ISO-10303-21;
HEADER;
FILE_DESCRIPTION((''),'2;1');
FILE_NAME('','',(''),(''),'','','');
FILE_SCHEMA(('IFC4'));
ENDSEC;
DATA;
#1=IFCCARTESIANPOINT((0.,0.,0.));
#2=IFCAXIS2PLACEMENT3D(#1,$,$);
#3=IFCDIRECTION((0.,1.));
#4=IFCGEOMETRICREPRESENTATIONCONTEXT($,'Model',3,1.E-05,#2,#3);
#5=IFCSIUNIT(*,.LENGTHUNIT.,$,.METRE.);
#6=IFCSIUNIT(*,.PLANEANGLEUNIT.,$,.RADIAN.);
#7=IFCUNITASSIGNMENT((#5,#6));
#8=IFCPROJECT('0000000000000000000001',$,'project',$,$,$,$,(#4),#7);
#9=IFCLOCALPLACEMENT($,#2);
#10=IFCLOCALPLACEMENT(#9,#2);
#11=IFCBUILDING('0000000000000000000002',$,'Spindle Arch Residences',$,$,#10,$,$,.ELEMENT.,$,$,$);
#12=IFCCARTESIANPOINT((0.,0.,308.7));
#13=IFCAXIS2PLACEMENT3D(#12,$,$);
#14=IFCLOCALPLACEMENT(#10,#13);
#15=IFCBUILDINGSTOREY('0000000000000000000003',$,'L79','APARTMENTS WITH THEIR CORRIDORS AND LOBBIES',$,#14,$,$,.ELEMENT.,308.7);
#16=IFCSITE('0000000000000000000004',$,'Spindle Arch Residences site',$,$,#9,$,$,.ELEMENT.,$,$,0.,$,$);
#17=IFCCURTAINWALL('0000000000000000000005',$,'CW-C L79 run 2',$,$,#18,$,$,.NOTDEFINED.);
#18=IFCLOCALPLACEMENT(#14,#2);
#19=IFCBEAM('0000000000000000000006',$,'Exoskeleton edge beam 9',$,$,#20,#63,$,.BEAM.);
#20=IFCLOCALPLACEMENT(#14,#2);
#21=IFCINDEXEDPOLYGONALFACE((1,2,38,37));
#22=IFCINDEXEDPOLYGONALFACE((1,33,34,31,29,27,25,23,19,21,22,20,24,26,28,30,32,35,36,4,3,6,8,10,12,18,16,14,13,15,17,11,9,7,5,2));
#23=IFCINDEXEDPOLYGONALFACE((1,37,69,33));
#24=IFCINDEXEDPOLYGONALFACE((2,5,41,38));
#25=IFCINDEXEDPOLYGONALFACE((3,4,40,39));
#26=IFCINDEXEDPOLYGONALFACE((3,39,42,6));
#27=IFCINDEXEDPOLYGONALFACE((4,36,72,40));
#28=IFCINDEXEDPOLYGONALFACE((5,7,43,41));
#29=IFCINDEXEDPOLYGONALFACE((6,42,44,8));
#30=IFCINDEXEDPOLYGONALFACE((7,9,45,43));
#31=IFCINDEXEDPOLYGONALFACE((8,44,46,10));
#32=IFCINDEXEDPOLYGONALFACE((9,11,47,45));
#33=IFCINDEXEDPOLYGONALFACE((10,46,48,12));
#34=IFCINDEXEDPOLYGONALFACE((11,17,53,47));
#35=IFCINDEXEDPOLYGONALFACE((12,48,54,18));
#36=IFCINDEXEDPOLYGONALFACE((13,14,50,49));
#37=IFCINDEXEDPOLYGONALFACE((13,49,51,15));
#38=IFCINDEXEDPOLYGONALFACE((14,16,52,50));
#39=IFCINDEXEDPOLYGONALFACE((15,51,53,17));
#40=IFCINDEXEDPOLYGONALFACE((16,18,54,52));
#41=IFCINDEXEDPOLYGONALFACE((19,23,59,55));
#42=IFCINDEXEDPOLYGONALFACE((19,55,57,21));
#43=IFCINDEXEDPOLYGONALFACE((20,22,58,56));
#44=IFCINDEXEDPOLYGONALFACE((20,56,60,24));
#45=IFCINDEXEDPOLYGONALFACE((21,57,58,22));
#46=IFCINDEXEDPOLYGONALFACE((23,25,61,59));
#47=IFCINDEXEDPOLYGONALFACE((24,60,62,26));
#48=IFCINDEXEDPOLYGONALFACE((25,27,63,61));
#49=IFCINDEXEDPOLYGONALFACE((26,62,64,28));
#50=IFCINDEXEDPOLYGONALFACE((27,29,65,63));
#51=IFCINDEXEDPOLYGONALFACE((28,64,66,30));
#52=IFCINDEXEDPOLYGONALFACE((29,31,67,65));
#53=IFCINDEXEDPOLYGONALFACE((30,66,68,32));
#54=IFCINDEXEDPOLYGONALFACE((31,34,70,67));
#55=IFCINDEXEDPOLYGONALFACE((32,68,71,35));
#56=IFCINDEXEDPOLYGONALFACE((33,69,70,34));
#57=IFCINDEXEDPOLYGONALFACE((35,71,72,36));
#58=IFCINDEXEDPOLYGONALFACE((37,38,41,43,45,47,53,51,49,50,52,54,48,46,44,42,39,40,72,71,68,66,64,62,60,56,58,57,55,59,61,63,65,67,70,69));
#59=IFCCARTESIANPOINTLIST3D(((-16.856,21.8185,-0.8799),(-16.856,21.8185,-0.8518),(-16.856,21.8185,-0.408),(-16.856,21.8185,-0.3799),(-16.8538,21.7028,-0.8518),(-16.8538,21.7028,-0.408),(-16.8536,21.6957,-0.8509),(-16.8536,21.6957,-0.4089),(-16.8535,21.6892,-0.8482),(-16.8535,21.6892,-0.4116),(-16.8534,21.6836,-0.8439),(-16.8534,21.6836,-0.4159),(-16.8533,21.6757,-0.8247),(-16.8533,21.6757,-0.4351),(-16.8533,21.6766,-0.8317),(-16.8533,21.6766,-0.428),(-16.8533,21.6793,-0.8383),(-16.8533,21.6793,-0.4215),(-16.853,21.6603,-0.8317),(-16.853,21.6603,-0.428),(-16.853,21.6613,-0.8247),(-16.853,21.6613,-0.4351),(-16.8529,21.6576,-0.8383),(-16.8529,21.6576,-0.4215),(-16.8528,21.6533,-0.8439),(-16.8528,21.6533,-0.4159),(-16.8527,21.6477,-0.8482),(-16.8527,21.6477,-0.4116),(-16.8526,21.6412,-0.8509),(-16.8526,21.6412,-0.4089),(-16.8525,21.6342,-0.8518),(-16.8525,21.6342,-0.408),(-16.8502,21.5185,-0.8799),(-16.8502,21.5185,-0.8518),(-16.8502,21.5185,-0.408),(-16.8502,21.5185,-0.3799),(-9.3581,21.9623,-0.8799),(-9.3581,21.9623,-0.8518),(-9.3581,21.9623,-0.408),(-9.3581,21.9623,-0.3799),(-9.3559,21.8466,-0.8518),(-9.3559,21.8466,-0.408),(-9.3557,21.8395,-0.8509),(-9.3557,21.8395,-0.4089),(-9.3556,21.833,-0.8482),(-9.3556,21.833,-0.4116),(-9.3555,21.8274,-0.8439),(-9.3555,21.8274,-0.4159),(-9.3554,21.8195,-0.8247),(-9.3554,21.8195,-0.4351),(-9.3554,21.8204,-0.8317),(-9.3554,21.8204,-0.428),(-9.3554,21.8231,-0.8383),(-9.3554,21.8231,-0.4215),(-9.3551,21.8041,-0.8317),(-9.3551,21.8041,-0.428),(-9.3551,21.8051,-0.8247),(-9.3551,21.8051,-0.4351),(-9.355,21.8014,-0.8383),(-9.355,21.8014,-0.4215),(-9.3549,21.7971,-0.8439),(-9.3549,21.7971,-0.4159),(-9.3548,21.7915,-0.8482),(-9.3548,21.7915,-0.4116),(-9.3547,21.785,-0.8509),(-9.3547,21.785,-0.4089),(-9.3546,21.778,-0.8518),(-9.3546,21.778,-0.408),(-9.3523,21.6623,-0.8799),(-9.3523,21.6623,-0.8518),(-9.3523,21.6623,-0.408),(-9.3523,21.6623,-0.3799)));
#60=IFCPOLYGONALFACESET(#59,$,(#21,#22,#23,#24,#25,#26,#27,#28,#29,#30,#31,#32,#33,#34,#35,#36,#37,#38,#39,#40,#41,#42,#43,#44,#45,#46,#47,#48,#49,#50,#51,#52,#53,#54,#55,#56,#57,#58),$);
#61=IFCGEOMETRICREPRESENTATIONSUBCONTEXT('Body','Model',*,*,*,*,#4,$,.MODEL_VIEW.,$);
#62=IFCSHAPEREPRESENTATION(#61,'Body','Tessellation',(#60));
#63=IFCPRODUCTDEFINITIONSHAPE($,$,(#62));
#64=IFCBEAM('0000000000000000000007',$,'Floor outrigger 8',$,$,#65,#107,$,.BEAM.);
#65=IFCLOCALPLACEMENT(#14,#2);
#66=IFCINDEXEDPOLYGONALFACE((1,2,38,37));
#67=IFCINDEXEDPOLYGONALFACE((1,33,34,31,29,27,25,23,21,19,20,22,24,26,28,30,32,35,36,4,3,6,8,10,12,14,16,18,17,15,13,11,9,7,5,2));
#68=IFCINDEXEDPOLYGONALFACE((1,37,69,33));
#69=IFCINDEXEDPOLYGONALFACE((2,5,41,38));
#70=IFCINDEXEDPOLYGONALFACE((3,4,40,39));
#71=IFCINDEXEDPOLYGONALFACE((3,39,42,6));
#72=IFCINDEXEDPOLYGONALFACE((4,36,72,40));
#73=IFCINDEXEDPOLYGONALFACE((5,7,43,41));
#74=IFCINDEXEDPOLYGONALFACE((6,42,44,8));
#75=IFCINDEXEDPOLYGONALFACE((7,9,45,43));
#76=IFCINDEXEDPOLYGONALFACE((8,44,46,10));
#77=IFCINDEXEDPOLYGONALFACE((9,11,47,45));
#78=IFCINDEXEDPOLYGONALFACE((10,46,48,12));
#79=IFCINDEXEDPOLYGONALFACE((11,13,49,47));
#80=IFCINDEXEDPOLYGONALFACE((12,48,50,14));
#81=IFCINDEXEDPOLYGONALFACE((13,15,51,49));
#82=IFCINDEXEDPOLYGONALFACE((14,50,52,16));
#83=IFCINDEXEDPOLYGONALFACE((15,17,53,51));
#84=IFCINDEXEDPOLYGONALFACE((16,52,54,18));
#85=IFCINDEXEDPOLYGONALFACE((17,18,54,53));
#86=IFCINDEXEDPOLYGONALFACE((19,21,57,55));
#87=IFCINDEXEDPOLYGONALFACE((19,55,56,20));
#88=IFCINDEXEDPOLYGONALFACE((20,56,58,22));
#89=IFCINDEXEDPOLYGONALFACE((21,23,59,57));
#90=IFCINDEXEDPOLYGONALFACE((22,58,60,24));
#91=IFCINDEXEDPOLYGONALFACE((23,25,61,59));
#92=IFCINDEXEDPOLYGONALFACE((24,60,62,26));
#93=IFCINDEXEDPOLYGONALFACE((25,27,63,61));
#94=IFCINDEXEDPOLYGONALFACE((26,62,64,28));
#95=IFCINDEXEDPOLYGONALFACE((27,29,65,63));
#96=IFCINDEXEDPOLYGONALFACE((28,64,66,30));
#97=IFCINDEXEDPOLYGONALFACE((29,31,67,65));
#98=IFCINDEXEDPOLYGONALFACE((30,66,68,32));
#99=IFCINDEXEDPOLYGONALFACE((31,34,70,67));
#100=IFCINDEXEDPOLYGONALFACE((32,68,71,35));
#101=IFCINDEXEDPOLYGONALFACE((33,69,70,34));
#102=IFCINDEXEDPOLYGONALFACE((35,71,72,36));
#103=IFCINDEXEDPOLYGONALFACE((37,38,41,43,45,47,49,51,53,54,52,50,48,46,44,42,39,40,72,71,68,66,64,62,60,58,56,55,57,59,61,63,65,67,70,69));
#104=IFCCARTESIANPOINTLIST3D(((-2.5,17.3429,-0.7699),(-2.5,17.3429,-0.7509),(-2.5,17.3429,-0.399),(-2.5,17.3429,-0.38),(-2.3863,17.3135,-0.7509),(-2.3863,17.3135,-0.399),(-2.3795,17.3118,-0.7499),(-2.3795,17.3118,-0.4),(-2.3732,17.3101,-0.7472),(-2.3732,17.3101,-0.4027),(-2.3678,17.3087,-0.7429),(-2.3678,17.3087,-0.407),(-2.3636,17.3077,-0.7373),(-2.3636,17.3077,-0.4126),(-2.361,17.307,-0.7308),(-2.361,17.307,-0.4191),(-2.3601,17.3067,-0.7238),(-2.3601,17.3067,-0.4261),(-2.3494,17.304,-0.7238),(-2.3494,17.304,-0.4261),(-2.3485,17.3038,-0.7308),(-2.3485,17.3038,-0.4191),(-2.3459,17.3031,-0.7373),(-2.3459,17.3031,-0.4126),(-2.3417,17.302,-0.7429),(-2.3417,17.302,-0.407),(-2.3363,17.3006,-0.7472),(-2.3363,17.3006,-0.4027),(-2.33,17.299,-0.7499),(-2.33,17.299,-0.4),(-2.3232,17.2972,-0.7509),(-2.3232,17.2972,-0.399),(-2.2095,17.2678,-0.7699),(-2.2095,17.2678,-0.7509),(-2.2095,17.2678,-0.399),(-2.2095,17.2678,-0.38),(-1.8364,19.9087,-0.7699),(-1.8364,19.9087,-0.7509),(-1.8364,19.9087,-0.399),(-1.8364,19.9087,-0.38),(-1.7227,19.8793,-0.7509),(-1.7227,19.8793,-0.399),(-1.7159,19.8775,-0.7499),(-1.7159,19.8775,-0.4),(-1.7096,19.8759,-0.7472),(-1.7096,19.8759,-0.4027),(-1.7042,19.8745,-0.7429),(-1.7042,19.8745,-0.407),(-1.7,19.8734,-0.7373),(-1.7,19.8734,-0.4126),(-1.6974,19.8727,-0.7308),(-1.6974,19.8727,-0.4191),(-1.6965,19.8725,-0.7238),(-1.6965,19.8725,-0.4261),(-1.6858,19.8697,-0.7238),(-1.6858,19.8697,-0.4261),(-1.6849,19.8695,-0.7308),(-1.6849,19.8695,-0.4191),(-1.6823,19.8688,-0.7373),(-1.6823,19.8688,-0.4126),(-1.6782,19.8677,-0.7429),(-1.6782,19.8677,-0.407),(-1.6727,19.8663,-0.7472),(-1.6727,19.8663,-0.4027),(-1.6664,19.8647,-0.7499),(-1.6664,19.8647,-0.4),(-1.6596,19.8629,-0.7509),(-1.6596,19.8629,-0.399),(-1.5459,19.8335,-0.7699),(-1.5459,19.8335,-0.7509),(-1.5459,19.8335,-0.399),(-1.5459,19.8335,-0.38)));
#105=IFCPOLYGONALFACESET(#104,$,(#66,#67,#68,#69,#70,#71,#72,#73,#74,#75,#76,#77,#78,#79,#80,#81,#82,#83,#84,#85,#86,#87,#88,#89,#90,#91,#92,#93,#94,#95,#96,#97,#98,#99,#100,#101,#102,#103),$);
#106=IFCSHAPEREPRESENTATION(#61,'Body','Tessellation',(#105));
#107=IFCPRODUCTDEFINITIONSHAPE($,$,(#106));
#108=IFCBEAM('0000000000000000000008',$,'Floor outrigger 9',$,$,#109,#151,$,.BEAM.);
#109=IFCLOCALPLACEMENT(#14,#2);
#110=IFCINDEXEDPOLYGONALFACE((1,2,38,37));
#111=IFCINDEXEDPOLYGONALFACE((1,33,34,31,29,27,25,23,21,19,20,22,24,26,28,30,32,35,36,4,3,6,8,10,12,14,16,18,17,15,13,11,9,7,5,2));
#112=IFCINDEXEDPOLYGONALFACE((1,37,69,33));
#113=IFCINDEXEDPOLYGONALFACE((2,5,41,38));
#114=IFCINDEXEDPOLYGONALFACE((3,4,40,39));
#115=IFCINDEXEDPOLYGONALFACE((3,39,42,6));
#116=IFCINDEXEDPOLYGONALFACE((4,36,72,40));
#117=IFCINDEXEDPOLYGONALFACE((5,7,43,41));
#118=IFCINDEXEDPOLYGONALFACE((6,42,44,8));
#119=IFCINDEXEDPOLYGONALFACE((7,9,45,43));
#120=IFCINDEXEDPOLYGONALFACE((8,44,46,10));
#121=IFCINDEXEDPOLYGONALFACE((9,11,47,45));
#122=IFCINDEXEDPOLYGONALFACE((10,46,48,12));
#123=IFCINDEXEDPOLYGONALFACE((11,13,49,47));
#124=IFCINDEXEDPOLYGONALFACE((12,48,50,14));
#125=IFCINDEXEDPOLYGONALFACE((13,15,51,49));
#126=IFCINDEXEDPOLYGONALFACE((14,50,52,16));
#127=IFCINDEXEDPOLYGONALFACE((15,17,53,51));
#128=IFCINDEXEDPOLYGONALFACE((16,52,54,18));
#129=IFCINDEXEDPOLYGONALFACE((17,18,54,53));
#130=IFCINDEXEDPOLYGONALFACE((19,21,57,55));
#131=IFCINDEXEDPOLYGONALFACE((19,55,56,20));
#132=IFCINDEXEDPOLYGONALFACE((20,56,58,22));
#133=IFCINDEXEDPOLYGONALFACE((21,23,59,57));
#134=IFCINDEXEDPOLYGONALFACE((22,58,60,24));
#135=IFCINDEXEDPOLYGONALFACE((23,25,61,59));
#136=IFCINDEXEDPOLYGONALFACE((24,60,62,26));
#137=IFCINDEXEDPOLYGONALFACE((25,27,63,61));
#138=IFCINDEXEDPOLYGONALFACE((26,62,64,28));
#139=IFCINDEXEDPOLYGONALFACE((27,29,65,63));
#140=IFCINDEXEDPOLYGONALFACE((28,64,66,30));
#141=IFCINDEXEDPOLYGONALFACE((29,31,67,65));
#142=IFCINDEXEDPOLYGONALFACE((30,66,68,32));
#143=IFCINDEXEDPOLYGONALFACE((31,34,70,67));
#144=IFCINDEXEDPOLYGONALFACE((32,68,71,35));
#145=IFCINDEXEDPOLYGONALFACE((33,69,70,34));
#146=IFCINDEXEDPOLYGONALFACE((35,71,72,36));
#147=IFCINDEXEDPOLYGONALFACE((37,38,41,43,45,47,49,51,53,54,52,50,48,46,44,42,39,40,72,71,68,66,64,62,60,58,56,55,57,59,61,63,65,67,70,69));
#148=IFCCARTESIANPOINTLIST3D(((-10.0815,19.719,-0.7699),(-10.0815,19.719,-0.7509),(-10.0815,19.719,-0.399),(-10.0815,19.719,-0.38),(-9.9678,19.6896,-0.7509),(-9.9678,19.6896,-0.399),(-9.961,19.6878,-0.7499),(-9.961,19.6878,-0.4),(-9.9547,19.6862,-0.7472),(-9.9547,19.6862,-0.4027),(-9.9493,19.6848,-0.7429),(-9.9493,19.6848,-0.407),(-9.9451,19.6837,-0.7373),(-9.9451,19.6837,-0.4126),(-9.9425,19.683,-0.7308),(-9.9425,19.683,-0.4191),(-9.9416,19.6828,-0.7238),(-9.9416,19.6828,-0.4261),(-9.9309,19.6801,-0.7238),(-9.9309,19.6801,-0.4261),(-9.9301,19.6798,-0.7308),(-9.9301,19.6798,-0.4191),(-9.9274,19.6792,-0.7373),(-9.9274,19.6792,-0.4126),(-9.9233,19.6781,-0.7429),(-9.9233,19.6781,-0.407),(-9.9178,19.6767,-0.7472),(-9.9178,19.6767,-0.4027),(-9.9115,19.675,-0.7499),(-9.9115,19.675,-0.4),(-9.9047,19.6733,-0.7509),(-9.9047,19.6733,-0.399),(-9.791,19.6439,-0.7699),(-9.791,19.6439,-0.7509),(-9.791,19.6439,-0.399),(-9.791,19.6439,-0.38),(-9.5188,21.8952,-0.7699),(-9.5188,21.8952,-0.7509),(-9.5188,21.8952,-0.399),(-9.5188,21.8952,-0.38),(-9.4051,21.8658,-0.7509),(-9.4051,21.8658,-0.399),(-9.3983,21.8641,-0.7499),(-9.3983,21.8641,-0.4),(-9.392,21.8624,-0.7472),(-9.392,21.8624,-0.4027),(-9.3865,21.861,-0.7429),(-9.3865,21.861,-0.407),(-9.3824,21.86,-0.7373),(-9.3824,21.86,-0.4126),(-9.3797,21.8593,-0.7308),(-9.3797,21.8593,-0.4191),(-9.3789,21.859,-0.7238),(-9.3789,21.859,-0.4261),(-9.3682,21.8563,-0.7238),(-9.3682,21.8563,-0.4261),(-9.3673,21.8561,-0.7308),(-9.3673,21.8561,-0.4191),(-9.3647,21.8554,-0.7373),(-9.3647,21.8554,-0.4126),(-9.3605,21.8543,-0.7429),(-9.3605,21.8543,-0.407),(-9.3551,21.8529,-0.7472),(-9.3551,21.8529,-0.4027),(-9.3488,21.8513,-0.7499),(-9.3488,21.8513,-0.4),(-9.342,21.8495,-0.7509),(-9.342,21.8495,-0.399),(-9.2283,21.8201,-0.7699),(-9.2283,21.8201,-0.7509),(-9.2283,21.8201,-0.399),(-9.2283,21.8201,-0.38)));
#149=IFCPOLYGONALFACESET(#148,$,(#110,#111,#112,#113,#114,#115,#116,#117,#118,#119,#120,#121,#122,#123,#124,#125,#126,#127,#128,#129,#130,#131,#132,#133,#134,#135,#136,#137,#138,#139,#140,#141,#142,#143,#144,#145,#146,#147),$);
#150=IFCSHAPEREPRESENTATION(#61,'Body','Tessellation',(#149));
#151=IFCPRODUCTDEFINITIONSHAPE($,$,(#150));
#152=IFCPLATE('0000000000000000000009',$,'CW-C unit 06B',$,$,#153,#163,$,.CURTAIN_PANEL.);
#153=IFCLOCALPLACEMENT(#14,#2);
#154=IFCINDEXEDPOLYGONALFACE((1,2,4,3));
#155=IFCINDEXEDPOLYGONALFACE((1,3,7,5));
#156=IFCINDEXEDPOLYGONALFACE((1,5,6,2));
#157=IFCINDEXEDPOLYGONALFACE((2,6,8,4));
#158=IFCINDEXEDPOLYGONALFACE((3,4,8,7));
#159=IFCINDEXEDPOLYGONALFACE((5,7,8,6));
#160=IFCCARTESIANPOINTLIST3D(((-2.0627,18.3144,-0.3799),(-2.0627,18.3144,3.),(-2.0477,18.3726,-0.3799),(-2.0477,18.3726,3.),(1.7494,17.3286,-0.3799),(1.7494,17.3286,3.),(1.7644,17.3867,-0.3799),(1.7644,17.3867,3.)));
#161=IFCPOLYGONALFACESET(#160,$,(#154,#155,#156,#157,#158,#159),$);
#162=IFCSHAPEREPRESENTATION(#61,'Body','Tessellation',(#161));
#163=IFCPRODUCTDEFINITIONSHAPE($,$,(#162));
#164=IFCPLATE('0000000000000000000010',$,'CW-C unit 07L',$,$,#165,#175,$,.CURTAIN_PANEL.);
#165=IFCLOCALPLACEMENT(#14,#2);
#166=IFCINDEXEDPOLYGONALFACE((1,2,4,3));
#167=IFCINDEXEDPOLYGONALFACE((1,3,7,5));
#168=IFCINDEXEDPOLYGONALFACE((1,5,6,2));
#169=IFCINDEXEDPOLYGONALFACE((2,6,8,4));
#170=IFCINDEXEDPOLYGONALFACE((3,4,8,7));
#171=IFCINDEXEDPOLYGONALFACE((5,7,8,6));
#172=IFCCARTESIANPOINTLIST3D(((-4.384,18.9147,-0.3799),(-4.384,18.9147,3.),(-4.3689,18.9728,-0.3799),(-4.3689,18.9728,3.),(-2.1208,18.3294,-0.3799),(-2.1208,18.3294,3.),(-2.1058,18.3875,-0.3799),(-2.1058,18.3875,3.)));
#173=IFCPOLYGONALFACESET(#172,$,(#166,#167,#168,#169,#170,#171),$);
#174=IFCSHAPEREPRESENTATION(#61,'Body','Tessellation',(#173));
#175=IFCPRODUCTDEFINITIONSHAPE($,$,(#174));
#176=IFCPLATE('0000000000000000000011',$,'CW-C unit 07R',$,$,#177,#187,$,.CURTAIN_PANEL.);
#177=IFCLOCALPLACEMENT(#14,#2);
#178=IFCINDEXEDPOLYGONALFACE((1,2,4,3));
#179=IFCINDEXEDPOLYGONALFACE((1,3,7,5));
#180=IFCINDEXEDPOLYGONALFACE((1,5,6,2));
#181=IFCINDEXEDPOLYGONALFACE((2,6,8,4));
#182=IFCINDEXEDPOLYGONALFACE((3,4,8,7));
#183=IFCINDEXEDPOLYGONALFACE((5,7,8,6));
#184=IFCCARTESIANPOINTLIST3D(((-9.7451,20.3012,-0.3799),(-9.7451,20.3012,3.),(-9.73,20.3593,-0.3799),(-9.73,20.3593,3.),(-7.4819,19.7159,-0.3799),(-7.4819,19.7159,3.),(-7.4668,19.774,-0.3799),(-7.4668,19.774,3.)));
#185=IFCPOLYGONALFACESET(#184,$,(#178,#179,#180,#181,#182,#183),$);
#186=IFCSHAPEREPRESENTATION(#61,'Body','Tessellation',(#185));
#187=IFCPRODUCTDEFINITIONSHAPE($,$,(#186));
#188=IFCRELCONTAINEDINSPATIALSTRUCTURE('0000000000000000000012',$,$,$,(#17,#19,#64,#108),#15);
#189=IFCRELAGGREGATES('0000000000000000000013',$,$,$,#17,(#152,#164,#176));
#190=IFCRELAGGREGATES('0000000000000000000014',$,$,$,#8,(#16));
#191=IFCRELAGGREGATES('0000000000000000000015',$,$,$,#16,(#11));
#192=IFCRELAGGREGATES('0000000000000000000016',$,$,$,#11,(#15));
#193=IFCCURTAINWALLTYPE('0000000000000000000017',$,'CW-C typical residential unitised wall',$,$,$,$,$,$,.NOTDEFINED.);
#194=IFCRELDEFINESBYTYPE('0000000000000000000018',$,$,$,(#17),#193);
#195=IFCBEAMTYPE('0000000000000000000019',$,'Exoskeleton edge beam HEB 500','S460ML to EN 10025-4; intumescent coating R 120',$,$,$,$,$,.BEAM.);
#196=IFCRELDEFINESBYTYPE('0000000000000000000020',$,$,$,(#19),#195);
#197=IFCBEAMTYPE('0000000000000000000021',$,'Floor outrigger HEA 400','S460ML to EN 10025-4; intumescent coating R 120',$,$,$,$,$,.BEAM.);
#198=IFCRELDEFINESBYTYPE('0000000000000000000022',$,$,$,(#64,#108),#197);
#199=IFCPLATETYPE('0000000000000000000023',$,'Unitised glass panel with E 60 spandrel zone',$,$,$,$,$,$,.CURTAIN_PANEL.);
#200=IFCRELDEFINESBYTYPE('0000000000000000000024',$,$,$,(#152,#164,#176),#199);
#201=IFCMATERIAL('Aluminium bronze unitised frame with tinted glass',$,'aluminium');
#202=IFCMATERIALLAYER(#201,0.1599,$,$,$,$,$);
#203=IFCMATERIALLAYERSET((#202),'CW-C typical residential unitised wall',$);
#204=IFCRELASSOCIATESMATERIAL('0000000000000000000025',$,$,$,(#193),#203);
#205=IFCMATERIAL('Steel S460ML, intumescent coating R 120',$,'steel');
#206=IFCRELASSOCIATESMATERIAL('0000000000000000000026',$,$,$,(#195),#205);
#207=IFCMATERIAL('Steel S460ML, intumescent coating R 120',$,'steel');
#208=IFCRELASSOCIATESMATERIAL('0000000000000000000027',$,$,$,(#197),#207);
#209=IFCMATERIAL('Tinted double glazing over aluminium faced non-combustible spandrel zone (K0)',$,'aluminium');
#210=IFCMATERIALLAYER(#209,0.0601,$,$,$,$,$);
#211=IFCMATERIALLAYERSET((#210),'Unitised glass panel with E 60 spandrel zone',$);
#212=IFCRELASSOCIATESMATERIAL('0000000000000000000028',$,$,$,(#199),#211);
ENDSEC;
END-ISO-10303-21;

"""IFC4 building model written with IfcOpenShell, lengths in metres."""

from ifc_helpers import new_model, si_unit, direction, frame, origin, origin_2d, place, context, subcontext, project, spatial, rectangle, i_section, extrude, material, layer, layer_set, material_profile, profile_set, type_object, element, aggregate, save


model = new_model("IFC4")

# Units and contexts
model_context = context("Model", 3, precision=1e-05, world=origin(), true_north=direction((0.0, 1.0)))
body_context = subcontext(model_context, "Body", "Model", "MODEL_VIEW")
ifc_project = project(units=[si_unit("LENGTHUNIT", "METRE"), si_unit("PLANEANGLEUNIT", "RADIAN")], contexts=[model_context])

# Site, building, storey
site_placement = place(None, origin())
site = spatial("IfcSite", under=ifc_project, at=site_placement, Name="Spindle Arch Residences site", CompositionType="ELEMENT", RefElevation=0.0)
building_placement = place(site_placement, origin())
building = spatial("IfcBuilding", under=site, at=building_placement, Name="Spindle Arch Residences", CompositionType="ELEMENT")
storey_placement = place(building_placement, frame((0.0, 0.0, 308.7)))
storey = spatial("IfcBuildingStorey", under=building, at=storey_placement, Name="L79", Description="APARTMENTS WITH THEIR CORRIDORS AND LOBBIES", CompositionType="ELEMENT", Elevation=308.7)

# Curtain wall
ifc_material_1 = material(Name="Aluminium bronze unitised frame with tinted glass", Category="aluminium")
ifc_layer_1 = layer(ifc_material_1, 0.1599)
ifc_layer_set_1 = layer_set([ifc_layer_1], Name="CW-C typical residential unitised wall")
curtain_wall_type_1 = type_object("IfcCurtainWallType", Name="CW-C typical residential unitised wall", PredefinedType="NOTDEFINED", material=ifc_layer_set_1)
curtain_wall_1_placement = place(storey_placement, origin())
curtain_wall_1 = element("IfcCurtainWall", 1, at=curtain_wall_1_placement, inside=storey, type_object=curtain_wall_type_1, Name="CW-C L79 run 2", PredefinedType="NOTDEFINED")

# Beams
ifc_material_2 = material(Name="Steel S460ML, intumescent coating R 120", Category="steel")
ifc_material_profile_1 = material_profile(ifc_material_2, i_section(OverallWidth=0.3, OverallDepth=0.5, WebThickness=0.0144, FlangeThickness=0.0281, FilletRadius=0.0271, at=origin_2d()), Name="HEB 500")
ifc_profile_set_1 = profile_set([ifc_material_profile_1], Name="Steel S460ML, intumescent coating R 120")
beam_type_1 = type_object("IfcBeamType", Name="Exoskeleton edge beam HEB 500", Description="S460ML to EN 10025-4; intumescent coating R 120", PredefinedType="BEAM", material=ifc_profile_set_1)
beam_1_placement = place(storey_placement, frame((-9.3552, 21.8123, -0.6299), z_axis=(-0.999816, -0.019175, 0.0), x_axis=(0.019175, -0.999816, 0.0)))
element("IfcBeam", 2, at=beam_1_placement, inside=storey, type_object=beam_type_1, Name="Exoskeleton edge beam 9", PredefinedType="BEAM", context=body_context, shape_type="SweptSolid", body=[
    extrude(i_section(OverallWidth=0.3, OverallDepth=0.5, WebThickness=0.0144, FlangeThickness=0.0281, FilletRadius=0.0271, at=origin_2d()), origin(), (0.0, 0.0, 1.0), 7.4993),
])
ifc_material_3 = material(Name="Steel S460ML, intumescent coating R 120", Category="steel")
ifc_material_profile_2 = material_profile(ifc_material_3, i_section(OverallWidth=0.3, OverallDepth=0.3899, WebThickness=0.011, FlangeThickness=0.019, FilletRadius=0.0271, at=origin_2d()), Name="HEA 400")
ifc_profile_set_2 = profile_set([ifc_material_profile_2], Name="Steel S460ML, intumescent coating R 120")
beam_type_2 = type_object("IfcBeamType", Name="Floor outrigger HEA 400", Description="S460ML to EN 10025-4; intumescent coating R 120", PredefinedType="BEAM", material=ifc_profile_set_2)
beam_2_placement = place(storey_placement, frame((-1.6912, 19.8711, -0.575), z_axis=(-0.250396, -0.968143, 0.0), x_axis=(0.968143, -0.250396, 0.0)))
element("IfcBeam", 3, at=beam_2_placement, inside=storey, type_object=beam_type_2, Name="Floor outrigger 8", PredefinedType="BEAM", context=body_context, shape_type="SweptSolid", body=[
    extrude(i_section(OverallWidth=0.3, OverallDepth=0.3899, WebThickness=0.011, FlangeThickness=0.019, FilletRadius=0.0271, at=origin_2d()), origin(), (0.0, 0.0, 1.0), 2.6501),
])
beam_3_placement = place(storey_placement, frame((-9.3735, 21.8577, -0.575), z_axis=(-0.250348, -0.968156, 0.0), x_axis=(0.968156, -0.250348, 0.0)))
element("IfcBeam", 4, at=beam_3_placement, inside=storey, type_object=beam_type_2, Name="Floor outrigger 9", PredefinedType="BEAM", context=body_context, shape_type="SweptSolid", body=[
    extrude(i_section(OverallWidth=0.3, OverallDepth=0.3899, WebThickness=0.011, FlangeThickness=0.019, FilletRadius=0.0271, at=origin_2d()), origin(), (0.0, 0.0, 1.0), 2.2478),
])

# Plates
ifc_material_4 = material(Name="Tinted double glazing over aluminium faced non-combustible spandrel zone (K0)", Category="aluminium")
ifc_layer_2 = layer(ifc_material_4, 0.0601)
ifc_layer_set_2 = layer_set([ifc_layer_2], Name="Unitised glass panel with E 60 spandrel zone")
plate_type = type_object("IfcPlateType", Name="Unitised glass panel with E 60 spandrel zone", PredefinedType="CURTAIN_PANEL", material=ifc_layer_set_2)
plate_1_placement = place(storey_placement, frame((-0.1492, 17.8506, -0.3799), z_axis=(0.0, 0.0, 1.0), x_axis=(-0.968148, 0.25038, 0.0)))
plate_1 = element("IfcPlate", 5, at=plate_1_placement, type_object=plate_type, Name="CW-C unit 06B", PredefinedType="CURTAIN_PANEL", context=body_context, shape_type="SweptSolid", body=[
    extrude(rectangle(XDim=3.9375, YDim=0.0601, at=origin_2d()), origin(), (0.0, 0.0, 1.0), 3.3799),
])
plate_2_placement = place(storey_placement, frame((-3.2449, 18.6511, -0.3799), z_axis=(0.0, 0.0, 1.0), x_axis=(-0.968148, 0.25038, 0.0)))
plate_2 = element("IfcPlate", 6, at=plate_2_placement, type_object=plate_type, Name="CW-C unit 07L", PredefinedType="CURTAIN_PANEL", context=body_context, shape_type="SweptSolid", body=[
    extrude(rectangle(XDim=2.3376, YDim=0.0601, at=origin_2d()), origin(), (0.0, 0.0, 1.0), 3.3799),
])
plate_3_placement = place(storey_placement, frame((-8.606, 20.0376, -0.3799), z_axis=(0.0, 0.0, 1.0), x_axis=(-0.968148, 0.25038, 0.0)))
plate_3 = element("IfcPlate", 7, at=plate_3_placement, type_object=plate_type, Name="CW-C unit 07R", PredefinedType="CURTAIN_PANEL", context=body_context, shape_type="SweptSolid", body=[
    extrude(rectangle(XDim=2.3376, YDim=0.0601, at=origin_2d()), origin(), (0.0, 0.0, 1.0), 3.3799),
])
aggregate(curtain_wall_1, [plate_1, plate_2, plate_3])

save(model, "model.ifc")
